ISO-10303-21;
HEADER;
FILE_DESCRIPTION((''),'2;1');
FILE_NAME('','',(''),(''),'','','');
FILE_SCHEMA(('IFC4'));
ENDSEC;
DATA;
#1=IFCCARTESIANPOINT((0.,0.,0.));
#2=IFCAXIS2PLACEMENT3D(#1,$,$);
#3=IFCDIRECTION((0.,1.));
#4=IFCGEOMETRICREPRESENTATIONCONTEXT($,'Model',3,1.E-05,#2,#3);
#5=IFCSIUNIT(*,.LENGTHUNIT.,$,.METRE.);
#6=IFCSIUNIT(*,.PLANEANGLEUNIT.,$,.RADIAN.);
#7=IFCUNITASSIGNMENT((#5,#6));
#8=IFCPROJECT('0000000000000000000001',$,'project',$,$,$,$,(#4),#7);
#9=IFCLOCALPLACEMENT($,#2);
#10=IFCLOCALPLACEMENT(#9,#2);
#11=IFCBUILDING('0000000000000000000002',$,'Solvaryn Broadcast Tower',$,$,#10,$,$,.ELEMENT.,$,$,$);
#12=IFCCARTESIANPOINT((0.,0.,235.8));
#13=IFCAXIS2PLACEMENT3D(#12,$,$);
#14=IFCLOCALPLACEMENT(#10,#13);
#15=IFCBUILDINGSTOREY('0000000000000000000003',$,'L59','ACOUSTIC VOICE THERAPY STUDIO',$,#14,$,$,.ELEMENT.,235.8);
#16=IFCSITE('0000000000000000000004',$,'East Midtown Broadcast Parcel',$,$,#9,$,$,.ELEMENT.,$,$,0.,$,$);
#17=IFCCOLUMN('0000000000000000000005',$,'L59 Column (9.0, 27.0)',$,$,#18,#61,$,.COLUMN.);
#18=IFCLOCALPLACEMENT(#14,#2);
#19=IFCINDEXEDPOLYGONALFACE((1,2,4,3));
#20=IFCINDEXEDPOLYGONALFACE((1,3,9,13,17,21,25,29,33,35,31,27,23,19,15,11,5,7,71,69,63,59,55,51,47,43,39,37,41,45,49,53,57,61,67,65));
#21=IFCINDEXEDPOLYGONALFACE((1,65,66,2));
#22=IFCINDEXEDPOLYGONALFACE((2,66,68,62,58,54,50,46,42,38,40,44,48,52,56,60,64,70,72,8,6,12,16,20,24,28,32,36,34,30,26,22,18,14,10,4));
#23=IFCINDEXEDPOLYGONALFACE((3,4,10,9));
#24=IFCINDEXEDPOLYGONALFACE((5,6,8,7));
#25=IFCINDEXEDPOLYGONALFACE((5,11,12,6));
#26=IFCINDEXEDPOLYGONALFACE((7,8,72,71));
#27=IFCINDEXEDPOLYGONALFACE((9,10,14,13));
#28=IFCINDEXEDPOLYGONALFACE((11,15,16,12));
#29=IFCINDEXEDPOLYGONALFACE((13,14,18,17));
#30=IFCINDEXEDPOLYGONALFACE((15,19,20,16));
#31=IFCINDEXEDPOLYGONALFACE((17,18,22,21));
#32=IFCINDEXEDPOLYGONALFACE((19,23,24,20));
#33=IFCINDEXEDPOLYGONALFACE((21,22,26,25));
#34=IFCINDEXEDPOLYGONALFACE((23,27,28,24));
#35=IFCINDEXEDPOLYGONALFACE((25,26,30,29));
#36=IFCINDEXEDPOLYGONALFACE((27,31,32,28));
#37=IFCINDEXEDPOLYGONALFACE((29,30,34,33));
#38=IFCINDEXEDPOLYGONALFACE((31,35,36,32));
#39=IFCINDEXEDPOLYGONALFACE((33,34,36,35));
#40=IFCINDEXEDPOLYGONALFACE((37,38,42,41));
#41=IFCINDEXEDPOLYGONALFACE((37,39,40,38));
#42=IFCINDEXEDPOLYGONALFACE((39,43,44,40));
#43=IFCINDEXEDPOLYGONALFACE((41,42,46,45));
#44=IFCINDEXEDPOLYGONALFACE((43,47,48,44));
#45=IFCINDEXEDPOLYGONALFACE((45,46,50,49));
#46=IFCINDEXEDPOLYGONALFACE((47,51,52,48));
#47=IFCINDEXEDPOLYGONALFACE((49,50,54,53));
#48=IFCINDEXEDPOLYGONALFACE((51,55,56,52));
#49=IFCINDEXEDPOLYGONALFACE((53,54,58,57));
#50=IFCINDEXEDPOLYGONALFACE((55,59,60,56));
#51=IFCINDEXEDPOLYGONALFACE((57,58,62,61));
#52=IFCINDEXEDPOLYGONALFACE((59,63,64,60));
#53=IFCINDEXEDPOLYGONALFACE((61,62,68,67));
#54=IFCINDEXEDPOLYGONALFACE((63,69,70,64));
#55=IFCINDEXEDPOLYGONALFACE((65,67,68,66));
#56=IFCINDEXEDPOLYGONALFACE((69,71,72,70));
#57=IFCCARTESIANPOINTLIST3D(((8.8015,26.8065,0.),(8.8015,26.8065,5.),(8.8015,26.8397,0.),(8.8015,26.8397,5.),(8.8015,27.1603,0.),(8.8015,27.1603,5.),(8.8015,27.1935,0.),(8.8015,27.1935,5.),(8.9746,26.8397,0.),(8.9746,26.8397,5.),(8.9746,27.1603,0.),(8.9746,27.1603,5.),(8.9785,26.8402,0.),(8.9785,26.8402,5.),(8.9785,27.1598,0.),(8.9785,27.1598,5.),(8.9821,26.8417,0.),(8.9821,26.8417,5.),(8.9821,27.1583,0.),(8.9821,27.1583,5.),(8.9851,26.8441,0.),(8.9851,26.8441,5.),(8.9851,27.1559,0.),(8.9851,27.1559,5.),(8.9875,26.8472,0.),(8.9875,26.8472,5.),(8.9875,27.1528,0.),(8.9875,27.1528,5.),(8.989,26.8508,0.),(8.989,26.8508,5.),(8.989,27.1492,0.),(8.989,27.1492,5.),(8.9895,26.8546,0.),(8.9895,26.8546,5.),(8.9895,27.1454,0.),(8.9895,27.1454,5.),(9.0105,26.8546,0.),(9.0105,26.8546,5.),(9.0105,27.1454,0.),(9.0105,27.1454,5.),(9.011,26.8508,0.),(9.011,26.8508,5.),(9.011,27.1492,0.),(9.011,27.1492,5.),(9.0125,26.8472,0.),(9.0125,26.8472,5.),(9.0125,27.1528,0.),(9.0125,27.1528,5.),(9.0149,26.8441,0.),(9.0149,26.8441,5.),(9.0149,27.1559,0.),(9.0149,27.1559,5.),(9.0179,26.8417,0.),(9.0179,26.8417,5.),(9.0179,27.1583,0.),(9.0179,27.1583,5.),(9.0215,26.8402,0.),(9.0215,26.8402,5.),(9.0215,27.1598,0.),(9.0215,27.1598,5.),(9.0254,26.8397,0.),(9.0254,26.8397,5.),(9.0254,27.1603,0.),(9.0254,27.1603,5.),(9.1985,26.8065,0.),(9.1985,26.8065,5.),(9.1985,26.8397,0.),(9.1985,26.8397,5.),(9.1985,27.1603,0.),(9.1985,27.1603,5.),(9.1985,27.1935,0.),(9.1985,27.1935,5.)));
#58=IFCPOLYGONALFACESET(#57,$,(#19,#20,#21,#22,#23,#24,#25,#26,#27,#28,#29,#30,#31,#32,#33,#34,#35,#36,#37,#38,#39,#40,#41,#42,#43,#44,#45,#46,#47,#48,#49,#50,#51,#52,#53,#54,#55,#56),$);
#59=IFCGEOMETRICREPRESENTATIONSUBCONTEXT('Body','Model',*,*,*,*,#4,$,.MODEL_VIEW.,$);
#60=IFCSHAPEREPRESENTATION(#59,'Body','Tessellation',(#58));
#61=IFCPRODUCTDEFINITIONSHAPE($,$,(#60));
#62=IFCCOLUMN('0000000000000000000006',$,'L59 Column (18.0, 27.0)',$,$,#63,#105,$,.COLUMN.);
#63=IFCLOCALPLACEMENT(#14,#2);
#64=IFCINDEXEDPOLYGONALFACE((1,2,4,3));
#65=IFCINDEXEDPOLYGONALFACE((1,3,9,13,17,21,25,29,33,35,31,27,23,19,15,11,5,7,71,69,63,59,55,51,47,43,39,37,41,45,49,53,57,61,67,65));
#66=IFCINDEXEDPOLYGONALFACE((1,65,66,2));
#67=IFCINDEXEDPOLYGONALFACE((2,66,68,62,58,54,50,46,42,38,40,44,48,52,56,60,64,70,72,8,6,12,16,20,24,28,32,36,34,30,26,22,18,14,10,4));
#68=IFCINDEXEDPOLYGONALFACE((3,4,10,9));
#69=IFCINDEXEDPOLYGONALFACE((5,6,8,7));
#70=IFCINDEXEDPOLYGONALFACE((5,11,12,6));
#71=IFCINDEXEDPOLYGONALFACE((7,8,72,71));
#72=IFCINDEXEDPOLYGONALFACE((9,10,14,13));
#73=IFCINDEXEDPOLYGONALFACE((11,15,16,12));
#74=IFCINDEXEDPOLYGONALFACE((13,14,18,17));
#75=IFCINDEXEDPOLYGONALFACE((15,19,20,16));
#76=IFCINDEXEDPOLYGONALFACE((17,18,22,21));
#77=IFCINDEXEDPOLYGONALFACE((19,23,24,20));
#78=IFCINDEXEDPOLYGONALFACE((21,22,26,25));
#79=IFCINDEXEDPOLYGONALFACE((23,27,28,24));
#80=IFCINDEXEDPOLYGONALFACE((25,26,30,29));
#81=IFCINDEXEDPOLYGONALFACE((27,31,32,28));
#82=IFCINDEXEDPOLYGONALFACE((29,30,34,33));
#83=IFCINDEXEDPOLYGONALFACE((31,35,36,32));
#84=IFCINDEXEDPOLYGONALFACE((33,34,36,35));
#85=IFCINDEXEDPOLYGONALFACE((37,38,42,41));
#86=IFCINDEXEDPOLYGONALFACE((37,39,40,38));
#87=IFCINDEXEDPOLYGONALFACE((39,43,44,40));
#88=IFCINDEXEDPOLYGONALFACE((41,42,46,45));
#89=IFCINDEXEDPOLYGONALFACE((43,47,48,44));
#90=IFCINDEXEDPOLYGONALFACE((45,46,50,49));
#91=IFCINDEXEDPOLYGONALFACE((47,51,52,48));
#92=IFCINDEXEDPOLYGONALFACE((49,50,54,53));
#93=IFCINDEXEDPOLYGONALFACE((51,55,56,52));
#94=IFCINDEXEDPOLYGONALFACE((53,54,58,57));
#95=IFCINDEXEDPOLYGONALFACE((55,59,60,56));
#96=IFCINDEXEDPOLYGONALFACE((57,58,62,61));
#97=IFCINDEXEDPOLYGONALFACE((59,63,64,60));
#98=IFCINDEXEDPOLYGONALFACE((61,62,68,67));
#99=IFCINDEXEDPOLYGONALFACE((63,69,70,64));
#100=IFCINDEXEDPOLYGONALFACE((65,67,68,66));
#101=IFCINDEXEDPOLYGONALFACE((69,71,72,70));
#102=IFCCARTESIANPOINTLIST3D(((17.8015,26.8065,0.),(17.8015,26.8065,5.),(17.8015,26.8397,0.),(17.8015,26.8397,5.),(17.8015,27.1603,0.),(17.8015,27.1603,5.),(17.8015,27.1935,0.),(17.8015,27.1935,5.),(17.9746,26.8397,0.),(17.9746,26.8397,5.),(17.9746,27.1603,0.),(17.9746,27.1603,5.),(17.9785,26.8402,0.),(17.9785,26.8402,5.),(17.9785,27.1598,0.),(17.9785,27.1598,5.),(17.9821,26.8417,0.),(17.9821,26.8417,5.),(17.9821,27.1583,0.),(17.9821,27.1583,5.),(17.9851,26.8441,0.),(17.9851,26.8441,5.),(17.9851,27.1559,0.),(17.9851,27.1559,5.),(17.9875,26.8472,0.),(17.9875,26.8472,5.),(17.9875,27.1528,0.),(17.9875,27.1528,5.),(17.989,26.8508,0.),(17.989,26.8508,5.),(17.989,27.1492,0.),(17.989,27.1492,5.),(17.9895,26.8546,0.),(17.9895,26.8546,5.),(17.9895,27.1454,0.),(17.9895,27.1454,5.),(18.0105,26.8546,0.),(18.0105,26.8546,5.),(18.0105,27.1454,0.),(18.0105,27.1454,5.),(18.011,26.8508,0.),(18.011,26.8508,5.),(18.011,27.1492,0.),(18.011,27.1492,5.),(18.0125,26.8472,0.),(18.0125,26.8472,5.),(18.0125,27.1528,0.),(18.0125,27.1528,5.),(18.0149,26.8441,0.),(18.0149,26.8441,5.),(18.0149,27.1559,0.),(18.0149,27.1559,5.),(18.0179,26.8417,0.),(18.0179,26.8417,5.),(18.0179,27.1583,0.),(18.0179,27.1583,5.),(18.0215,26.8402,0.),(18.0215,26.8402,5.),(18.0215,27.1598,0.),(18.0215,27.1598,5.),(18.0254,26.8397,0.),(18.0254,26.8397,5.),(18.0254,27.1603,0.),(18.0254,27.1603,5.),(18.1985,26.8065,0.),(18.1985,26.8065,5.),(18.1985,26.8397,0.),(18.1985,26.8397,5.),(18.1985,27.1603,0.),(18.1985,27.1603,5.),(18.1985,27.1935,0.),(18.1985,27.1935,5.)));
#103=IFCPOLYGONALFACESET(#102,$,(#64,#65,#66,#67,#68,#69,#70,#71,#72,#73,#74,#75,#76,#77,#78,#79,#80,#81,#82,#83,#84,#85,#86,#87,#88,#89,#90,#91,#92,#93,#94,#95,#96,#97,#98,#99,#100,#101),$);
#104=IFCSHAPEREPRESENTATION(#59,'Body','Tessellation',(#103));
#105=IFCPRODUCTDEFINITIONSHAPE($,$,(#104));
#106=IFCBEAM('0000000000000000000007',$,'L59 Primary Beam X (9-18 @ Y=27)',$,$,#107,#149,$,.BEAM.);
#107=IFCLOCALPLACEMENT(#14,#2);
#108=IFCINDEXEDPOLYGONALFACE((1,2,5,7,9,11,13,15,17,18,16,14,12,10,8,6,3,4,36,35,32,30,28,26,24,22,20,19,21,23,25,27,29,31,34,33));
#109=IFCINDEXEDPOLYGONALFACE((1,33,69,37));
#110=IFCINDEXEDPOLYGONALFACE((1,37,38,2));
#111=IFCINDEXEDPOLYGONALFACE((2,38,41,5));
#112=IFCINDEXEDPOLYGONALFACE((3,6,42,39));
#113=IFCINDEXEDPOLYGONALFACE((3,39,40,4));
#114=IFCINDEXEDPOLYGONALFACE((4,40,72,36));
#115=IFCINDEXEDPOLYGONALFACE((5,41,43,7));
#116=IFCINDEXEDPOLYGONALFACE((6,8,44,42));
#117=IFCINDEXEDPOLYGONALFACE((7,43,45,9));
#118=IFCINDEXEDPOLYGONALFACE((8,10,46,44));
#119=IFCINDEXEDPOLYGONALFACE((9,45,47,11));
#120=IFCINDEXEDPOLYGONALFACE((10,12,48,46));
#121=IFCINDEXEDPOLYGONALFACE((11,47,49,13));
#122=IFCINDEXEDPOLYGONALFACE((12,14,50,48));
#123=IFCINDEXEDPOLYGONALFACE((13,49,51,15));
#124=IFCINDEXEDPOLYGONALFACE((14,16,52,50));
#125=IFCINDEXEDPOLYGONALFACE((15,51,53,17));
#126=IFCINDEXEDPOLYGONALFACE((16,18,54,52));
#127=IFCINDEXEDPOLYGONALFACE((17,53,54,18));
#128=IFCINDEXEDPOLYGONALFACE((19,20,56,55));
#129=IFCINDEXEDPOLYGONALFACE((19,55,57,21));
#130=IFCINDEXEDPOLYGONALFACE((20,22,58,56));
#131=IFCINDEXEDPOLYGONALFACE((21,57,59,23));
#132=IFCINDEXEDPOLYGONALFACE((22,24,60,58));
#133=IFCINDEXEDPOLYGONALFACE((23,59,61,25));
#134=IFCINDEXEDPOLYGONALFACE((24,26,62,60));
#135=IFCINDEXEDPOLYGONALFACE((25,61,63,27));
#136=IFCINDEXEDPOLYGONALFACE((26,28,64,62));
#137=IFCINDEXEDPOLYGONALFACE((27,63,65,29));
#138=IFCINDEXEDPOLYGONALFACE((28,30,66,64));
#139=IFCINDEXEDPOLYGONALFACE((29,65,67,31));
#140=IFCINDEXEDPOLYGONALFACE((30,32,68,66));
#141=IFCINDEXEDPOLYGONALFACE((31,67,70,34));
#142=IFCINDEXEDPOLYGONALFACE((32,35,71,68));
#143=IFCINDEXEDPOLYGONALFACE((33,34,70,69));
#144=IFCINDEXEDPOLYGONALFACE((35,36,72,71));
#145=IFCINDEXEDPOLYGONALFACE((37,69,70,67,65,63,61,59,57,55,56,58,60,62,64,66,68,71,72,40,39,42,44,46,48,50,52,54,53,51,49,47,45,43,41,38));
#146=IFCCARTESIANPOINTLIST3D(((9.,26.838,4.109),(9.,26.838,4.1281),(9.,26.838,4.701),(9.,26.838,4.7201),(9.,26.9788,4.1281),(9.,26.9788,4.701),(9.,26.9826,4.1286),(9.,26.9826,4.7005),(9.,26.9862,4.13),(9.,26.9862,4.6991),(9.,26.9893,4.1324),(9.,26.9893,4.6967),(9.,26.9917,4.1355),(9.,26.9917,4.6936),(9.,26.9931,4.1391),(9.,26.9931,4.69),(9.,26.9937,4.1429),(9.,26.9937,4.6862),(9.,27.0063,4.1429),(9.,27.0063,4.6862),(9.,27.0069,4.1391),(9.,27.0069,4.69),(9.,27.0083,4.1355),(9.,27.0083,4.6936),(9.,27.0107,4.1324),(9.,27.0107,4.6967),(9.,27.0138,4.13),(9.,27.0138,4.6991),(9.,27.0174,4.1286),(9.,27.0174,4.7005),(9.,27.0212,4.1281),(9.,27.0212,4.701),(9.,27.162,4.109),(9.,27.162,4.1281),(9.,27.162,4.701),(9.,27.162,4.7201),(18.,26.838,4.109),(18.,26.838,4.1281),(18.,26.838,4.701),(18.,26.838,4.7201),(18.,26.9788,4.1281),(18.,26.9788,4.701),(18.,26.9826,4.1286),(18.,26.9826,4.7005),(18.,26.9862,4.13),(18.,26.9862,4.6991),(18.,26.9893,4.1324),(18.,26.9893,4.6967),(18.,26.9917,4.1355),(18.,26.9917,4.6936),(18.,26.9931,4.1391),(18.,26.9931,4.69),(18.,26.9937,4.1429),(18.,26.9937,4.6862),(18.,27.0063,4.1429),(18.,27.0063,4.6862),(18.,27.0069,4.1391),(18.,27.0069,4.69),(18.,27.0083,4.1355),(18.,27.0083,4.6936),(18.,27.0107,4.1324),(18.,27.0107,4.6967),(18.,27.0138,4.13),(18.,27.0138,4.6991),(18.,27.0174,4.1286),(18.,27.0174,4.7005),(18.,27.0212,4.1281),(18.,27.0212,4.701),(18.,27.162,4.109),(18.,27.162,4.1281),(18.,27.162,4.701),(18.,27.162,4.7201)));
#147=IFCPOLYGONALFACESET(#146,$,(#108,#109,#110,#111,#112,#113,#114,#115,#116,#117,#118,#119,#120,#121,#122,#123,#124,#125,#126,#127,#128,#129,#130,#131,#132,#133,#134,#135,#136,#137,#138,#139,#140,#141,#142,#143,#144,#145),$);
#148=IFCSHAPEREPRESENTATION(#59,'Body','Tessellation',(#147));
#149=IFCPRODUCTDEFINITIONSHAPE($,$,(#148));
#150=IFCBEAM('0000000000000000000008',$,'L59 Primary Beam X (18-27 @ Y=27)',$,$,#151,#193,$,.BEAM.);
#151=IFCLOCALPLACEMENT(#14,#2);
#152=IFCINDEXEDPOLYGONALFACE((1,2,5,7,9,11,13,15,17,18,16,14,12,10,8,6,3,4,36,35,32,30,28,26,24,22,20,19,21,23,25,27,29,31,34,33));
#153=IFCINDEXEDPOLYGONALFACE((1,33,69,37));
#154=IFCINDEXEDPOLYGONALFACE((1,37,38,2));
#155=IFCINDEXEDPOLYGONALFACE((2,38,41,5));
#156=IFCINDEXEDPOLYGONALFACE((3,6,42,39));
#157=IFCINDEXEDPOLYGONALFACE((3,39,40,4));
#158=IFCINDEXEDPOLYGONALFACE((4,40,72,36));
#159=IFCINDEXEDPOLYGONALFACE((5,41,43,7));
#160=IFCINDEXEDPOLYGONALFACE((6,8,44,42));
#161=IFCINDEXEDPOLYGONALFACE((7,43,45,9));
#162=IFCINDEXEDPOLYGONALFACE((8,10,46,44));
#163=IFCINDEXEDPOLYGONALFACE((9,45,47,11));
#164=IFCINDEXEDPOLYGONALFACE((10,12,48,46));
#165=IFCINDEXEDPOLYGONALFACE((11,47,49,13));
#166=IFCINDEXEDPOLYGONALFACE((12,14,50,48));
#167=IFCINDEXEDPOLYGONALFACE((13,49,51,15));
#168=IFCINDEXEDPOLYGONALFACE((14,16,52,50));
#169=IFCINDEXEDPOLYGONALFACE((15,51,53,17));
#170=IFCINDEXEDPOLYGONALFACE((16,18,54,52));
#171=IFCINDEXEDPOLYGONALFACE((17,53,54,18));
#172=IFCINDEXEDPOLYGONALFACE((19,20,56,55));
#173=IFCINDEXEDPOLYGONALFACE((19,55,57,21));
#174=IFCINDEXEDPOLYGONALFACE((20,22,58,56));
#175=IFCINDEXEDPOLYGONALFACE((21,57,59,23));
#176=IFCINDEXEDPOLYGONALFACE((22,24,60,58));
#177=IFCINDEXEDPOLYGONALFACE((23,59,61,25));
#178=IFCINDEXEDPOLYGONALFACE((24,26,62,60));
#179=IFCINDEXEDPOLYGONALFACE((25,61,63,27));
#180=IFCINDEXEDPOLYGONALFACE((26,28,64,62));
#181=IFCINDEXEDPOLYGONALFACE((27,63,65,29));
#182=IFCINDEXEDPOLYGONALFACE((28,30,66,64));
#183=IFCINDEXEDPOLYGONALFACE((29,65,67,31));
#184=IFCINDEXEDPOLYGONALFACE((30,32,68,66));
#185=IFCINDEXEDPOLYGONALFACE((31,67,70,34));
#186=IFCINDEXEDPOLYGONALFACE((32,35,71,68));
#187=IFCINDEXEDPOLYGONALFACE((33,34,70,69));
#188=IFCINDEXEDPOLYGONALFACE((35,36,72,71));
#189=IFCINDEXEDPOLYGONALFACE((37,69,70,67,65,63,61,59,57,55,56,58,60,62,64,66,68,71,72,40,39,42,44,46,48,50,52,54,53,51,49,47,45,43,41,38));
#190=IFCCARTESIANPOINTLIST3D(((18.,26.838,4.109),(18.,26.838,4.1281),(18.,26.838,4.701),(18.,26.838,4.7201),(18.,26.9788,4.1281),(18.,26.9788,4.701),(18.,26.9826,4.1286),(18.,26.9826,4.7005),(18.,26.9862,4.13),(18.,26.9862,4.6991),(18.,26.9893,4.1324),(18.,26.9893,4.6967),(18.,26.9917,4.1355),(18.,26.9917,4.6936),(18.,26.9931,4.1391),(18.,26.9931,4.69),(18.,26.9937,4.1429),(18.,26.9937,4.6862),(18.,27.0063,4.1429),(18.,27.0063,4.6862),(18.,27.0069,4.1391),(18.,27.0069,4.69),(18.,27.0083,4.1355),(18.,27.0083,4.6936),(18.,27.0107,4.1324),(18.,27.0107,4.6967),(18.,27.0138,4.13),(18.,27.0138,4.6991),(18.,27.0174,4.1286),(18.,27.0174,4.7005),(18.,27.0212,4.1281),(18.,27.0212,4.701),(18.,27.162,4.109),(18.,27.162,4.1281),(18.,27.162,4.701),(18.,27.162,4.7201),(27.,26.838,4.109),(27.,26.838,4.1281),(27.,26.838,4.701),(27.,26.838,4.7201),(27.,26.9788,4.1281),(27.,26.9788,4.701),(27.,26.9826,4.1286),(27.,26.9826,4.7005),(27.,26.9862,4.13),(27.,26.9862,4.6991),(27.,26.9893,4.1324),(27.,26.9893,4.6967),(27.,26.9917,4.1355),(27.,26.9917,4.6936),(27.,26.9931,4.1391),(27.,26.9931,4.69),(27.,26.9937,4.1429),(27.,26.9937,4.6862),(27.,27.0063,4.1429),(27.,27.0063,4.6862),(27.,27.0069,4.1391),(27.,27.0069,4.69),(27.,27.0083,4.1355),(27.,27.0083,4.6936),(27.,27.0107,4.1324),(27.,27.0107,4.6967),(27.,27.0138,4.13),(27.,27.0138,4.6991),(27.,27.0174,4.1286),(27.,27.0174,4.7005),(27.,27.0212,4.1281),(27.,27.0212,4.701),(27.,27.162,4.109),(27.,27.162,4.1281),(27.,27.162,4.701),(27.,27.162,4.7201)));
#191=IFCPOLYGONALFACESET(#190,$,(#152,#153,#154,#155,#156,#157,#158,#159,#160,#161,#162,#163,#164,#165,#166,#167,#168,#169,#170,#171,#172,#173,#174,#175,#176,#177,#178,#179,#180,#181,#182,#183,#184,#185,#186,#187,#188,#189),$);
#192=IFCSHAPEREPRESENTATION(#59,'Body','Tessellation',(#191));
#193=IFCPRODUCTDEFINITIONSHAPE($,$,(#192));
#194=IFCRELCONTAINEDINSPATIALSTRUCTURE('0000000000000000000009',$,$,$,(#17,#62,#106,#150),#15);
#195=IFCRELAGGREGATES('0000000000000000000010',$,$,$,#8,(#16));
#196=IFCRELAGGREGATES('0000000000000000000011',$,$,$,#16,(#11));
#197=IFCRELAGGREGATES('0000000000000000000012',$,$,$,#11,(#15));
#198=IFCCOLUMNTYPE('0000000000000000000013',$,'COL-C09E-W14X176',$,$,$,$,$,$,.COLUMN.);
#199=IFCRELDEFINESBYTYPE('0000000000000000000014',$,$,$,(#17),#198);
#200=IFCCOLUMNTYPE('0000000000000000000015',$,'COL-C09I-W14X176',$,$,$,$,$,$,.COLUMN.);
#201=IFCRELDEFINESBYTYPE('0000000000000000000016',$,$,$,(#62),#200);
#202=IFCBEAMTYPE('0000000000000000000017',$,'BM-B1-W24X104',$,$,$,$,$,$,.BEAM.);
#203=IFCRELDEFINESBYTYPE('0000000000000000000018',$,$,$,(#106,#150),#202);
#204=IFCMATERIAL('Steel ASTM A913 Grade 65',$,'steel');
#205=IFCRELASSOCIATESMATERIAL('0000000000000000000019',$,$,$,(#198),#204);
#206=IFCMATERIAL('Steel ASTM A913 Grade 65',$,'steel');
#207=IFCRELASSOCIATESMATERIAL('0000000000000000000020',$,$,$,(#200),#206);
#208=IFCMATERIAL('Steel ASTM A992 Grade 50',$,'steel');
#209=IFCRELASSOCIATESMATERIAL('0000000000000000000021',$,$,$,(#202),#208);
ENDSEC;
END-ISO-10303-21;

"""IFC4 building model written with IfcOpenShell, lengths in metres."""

from ifc_helpers import new_model, si_unit, direction, frame, origin, origin_2d, place, context, subcontext, project, spatial, i_section, extrude, material, material_profile, profile_set, type_object, element, save


model = new_model("IFC4")

# Units and contexts
model_context = context("Model", 3, precision=1e-05, world=origin(), true_north=direction((0.0, 1.0)))
body_context = subcontext(model_context, "Body", "Model", "MODEL_VIEW")
ifc_project = project(units=[si_unit("LENGTHUNIT", "METRE"), si_unit("PLANEANGLEUNIT", "RADIAN")], contexts=[model_context])

# Site, building, storey
site_placement = place(None, origin())
site = spatial("IfcSite", under=ifc_project, at=site_placement, Name="East Midtown Broadcast Parcel", CompositionType="ELEMENT", RefElevation=0.0)
building_placement = place(site_placement, origin())
building = spatial("IfcBuilding", under=site, at=building_placement, Name="Solvaryn Broadcast Tower", CompositionType="ELEMENT")
storey_placement = place(building_placement, frame((0.0, 0.0, 235.8)))
storey = spatial("IfcBuildingStorey", under=building, at=storey_placement, Name="L59", Description="ACOUSTIC VOICE THERAPY STUDIO", CompositionType="ELEMENT", Elevation=235.8)

# Columns
ifc_material_1 = material(Name="Steel ASTM A913 Grade 65", Category="steel")
ifc_material_profile_1 = material_profile(ifc_material_1, i_section(OverallWidth=0.397, OverallDepth=0.387, WebThickness=0.021, FlangeThickness=0.0332, FilletRadius=0.0149, at=origin_2d()))
ifc_profile_set_1 = profile_set([ifc_material_profile_1], Name="Steel ASTM A913 Grade 65")
column_type_1 = type_object("IfcColumnType", Name="COL-C09E-W14X176", PredefinedType="COLUMN", material=ifc_profile_set_1)
column_1_placement = place(storey_placement, frame((9.0, 27.0, 0.0), z_axis=(0.0, 0.0, 1.0), x_axis=(1.0, 0.0, 0.0)))
element("IfcColumn", 1, at=column_1_placement, inside=storey, type_object=column_type_1, Name="L59 Column (9.0, 27.0)", PredefinedType="COLUMN", context=body_context, shape_type="SweptSolid", body=[
    extrude(i_section(OverallWidth=0.397, OverallDepth=0.387, WebThickness=0.021, FlangeThickness=0.0332, FilletRadius=0.0149, at=origin_2d()), origin(), (0.0, 0.0, 1.0), 5.0),
])
ifc_material_2 = material(Name="Steel ASTM A913 Grade 65", Category="steel")
ifc_material_profile_2 = material_profile(ifc_material_2, i_section(OverallWidth=0.397, OverallDepth=0.387, WebThickness=0.021, FlangeThickness=0.0332, FilletRadius=0.0149, at=origin_2d()))
ifc_profile_set_2 = profile_set([ifc_material_profile_2], Name="Steel ASTM A913 Grade 65")
column_type_2 = type_object("IfcColumnType", Name="COL-C09I-W14X176", PredefinedType="COLUMN", material=ifc_profile_set_2)
column_2_placement = place(storey_placement, frame((18.0, 27.0, 0.0), z_axis=(0.0, 0.0, 1.0), x_axis=(1.0, 0.0, 0.0)))
element("IfcColumn", 2, at=column_2_placement, inside=storey, type_object=column_type_2, Name="L59 Column (18.0, 27.0)", PredefinedType="COLUMN", context=body_context, shape_type="SweptSolid", body=[
    extrude(i_section(OverallWidth=0.397, OverallDepth=0.387, WebThickness=0.021, FlangeThickness=0.0332, FilletRadius=0.0149, at=origin_2d()), origin(), (0.0, 0.0, 1.0), 5.0),
])

# Beams
ifc_material_3 = material(Name="Steel ASTM A992 Grade 50", Category="steel")
ifc_material_profile_3 = material_profile(ifc_material_3, i_section(OverallWidth=0.324, OverallDepth=0.6111, WebThickness=0.0127, FlangeThickness=0.019, FilletRadius=0.0149, at=origin_2d()))
ifc_profile_set_3 = profile_set([ifc_material_profile_3], Name="Steel ASTM A992 Grade 50")
beam_type_1 = type_object("IfcBeamType", Name="BM-B1-W24X104", PredefinedType="BEAM", material=ifc_profile_set_3)
for number, where, z_axis, x_axis, name in (
    (3, (9.0, 27.0, 4.4146), (1.0, 0.0, 0.0), (0.0, 1.0, 0.0), "L59 Primary Beam X (9-18 @ Y=27)"),
    (4, (18.0, 27.0, 4.4146), (1.0, 0.0, 0.0), (0.0, 1.0, 0.0), "L59 Primary Beam X (18-27 @ Y=27)"),
):
    element("IfcBeam", number, at=place(storey_placement, frame(where, z_axis=z_axis, x_axis=x_axis)), inside=storey, type_object=beam_type_1, Name=name, PredefinedType="BEAM", context=body_context, shape_type="SweptSolid", body=[
        extrude(i_section(OverallWidth=0.324, OverallDepth=0.6111, WebThickness=0.0127, FlangeThickness=0.019, FilletRadius=0.0149, at=origin_2d()), origin(), (0.0, 0.0, 1.0), 9.0),
    ])

save(model, "model.ifc")
